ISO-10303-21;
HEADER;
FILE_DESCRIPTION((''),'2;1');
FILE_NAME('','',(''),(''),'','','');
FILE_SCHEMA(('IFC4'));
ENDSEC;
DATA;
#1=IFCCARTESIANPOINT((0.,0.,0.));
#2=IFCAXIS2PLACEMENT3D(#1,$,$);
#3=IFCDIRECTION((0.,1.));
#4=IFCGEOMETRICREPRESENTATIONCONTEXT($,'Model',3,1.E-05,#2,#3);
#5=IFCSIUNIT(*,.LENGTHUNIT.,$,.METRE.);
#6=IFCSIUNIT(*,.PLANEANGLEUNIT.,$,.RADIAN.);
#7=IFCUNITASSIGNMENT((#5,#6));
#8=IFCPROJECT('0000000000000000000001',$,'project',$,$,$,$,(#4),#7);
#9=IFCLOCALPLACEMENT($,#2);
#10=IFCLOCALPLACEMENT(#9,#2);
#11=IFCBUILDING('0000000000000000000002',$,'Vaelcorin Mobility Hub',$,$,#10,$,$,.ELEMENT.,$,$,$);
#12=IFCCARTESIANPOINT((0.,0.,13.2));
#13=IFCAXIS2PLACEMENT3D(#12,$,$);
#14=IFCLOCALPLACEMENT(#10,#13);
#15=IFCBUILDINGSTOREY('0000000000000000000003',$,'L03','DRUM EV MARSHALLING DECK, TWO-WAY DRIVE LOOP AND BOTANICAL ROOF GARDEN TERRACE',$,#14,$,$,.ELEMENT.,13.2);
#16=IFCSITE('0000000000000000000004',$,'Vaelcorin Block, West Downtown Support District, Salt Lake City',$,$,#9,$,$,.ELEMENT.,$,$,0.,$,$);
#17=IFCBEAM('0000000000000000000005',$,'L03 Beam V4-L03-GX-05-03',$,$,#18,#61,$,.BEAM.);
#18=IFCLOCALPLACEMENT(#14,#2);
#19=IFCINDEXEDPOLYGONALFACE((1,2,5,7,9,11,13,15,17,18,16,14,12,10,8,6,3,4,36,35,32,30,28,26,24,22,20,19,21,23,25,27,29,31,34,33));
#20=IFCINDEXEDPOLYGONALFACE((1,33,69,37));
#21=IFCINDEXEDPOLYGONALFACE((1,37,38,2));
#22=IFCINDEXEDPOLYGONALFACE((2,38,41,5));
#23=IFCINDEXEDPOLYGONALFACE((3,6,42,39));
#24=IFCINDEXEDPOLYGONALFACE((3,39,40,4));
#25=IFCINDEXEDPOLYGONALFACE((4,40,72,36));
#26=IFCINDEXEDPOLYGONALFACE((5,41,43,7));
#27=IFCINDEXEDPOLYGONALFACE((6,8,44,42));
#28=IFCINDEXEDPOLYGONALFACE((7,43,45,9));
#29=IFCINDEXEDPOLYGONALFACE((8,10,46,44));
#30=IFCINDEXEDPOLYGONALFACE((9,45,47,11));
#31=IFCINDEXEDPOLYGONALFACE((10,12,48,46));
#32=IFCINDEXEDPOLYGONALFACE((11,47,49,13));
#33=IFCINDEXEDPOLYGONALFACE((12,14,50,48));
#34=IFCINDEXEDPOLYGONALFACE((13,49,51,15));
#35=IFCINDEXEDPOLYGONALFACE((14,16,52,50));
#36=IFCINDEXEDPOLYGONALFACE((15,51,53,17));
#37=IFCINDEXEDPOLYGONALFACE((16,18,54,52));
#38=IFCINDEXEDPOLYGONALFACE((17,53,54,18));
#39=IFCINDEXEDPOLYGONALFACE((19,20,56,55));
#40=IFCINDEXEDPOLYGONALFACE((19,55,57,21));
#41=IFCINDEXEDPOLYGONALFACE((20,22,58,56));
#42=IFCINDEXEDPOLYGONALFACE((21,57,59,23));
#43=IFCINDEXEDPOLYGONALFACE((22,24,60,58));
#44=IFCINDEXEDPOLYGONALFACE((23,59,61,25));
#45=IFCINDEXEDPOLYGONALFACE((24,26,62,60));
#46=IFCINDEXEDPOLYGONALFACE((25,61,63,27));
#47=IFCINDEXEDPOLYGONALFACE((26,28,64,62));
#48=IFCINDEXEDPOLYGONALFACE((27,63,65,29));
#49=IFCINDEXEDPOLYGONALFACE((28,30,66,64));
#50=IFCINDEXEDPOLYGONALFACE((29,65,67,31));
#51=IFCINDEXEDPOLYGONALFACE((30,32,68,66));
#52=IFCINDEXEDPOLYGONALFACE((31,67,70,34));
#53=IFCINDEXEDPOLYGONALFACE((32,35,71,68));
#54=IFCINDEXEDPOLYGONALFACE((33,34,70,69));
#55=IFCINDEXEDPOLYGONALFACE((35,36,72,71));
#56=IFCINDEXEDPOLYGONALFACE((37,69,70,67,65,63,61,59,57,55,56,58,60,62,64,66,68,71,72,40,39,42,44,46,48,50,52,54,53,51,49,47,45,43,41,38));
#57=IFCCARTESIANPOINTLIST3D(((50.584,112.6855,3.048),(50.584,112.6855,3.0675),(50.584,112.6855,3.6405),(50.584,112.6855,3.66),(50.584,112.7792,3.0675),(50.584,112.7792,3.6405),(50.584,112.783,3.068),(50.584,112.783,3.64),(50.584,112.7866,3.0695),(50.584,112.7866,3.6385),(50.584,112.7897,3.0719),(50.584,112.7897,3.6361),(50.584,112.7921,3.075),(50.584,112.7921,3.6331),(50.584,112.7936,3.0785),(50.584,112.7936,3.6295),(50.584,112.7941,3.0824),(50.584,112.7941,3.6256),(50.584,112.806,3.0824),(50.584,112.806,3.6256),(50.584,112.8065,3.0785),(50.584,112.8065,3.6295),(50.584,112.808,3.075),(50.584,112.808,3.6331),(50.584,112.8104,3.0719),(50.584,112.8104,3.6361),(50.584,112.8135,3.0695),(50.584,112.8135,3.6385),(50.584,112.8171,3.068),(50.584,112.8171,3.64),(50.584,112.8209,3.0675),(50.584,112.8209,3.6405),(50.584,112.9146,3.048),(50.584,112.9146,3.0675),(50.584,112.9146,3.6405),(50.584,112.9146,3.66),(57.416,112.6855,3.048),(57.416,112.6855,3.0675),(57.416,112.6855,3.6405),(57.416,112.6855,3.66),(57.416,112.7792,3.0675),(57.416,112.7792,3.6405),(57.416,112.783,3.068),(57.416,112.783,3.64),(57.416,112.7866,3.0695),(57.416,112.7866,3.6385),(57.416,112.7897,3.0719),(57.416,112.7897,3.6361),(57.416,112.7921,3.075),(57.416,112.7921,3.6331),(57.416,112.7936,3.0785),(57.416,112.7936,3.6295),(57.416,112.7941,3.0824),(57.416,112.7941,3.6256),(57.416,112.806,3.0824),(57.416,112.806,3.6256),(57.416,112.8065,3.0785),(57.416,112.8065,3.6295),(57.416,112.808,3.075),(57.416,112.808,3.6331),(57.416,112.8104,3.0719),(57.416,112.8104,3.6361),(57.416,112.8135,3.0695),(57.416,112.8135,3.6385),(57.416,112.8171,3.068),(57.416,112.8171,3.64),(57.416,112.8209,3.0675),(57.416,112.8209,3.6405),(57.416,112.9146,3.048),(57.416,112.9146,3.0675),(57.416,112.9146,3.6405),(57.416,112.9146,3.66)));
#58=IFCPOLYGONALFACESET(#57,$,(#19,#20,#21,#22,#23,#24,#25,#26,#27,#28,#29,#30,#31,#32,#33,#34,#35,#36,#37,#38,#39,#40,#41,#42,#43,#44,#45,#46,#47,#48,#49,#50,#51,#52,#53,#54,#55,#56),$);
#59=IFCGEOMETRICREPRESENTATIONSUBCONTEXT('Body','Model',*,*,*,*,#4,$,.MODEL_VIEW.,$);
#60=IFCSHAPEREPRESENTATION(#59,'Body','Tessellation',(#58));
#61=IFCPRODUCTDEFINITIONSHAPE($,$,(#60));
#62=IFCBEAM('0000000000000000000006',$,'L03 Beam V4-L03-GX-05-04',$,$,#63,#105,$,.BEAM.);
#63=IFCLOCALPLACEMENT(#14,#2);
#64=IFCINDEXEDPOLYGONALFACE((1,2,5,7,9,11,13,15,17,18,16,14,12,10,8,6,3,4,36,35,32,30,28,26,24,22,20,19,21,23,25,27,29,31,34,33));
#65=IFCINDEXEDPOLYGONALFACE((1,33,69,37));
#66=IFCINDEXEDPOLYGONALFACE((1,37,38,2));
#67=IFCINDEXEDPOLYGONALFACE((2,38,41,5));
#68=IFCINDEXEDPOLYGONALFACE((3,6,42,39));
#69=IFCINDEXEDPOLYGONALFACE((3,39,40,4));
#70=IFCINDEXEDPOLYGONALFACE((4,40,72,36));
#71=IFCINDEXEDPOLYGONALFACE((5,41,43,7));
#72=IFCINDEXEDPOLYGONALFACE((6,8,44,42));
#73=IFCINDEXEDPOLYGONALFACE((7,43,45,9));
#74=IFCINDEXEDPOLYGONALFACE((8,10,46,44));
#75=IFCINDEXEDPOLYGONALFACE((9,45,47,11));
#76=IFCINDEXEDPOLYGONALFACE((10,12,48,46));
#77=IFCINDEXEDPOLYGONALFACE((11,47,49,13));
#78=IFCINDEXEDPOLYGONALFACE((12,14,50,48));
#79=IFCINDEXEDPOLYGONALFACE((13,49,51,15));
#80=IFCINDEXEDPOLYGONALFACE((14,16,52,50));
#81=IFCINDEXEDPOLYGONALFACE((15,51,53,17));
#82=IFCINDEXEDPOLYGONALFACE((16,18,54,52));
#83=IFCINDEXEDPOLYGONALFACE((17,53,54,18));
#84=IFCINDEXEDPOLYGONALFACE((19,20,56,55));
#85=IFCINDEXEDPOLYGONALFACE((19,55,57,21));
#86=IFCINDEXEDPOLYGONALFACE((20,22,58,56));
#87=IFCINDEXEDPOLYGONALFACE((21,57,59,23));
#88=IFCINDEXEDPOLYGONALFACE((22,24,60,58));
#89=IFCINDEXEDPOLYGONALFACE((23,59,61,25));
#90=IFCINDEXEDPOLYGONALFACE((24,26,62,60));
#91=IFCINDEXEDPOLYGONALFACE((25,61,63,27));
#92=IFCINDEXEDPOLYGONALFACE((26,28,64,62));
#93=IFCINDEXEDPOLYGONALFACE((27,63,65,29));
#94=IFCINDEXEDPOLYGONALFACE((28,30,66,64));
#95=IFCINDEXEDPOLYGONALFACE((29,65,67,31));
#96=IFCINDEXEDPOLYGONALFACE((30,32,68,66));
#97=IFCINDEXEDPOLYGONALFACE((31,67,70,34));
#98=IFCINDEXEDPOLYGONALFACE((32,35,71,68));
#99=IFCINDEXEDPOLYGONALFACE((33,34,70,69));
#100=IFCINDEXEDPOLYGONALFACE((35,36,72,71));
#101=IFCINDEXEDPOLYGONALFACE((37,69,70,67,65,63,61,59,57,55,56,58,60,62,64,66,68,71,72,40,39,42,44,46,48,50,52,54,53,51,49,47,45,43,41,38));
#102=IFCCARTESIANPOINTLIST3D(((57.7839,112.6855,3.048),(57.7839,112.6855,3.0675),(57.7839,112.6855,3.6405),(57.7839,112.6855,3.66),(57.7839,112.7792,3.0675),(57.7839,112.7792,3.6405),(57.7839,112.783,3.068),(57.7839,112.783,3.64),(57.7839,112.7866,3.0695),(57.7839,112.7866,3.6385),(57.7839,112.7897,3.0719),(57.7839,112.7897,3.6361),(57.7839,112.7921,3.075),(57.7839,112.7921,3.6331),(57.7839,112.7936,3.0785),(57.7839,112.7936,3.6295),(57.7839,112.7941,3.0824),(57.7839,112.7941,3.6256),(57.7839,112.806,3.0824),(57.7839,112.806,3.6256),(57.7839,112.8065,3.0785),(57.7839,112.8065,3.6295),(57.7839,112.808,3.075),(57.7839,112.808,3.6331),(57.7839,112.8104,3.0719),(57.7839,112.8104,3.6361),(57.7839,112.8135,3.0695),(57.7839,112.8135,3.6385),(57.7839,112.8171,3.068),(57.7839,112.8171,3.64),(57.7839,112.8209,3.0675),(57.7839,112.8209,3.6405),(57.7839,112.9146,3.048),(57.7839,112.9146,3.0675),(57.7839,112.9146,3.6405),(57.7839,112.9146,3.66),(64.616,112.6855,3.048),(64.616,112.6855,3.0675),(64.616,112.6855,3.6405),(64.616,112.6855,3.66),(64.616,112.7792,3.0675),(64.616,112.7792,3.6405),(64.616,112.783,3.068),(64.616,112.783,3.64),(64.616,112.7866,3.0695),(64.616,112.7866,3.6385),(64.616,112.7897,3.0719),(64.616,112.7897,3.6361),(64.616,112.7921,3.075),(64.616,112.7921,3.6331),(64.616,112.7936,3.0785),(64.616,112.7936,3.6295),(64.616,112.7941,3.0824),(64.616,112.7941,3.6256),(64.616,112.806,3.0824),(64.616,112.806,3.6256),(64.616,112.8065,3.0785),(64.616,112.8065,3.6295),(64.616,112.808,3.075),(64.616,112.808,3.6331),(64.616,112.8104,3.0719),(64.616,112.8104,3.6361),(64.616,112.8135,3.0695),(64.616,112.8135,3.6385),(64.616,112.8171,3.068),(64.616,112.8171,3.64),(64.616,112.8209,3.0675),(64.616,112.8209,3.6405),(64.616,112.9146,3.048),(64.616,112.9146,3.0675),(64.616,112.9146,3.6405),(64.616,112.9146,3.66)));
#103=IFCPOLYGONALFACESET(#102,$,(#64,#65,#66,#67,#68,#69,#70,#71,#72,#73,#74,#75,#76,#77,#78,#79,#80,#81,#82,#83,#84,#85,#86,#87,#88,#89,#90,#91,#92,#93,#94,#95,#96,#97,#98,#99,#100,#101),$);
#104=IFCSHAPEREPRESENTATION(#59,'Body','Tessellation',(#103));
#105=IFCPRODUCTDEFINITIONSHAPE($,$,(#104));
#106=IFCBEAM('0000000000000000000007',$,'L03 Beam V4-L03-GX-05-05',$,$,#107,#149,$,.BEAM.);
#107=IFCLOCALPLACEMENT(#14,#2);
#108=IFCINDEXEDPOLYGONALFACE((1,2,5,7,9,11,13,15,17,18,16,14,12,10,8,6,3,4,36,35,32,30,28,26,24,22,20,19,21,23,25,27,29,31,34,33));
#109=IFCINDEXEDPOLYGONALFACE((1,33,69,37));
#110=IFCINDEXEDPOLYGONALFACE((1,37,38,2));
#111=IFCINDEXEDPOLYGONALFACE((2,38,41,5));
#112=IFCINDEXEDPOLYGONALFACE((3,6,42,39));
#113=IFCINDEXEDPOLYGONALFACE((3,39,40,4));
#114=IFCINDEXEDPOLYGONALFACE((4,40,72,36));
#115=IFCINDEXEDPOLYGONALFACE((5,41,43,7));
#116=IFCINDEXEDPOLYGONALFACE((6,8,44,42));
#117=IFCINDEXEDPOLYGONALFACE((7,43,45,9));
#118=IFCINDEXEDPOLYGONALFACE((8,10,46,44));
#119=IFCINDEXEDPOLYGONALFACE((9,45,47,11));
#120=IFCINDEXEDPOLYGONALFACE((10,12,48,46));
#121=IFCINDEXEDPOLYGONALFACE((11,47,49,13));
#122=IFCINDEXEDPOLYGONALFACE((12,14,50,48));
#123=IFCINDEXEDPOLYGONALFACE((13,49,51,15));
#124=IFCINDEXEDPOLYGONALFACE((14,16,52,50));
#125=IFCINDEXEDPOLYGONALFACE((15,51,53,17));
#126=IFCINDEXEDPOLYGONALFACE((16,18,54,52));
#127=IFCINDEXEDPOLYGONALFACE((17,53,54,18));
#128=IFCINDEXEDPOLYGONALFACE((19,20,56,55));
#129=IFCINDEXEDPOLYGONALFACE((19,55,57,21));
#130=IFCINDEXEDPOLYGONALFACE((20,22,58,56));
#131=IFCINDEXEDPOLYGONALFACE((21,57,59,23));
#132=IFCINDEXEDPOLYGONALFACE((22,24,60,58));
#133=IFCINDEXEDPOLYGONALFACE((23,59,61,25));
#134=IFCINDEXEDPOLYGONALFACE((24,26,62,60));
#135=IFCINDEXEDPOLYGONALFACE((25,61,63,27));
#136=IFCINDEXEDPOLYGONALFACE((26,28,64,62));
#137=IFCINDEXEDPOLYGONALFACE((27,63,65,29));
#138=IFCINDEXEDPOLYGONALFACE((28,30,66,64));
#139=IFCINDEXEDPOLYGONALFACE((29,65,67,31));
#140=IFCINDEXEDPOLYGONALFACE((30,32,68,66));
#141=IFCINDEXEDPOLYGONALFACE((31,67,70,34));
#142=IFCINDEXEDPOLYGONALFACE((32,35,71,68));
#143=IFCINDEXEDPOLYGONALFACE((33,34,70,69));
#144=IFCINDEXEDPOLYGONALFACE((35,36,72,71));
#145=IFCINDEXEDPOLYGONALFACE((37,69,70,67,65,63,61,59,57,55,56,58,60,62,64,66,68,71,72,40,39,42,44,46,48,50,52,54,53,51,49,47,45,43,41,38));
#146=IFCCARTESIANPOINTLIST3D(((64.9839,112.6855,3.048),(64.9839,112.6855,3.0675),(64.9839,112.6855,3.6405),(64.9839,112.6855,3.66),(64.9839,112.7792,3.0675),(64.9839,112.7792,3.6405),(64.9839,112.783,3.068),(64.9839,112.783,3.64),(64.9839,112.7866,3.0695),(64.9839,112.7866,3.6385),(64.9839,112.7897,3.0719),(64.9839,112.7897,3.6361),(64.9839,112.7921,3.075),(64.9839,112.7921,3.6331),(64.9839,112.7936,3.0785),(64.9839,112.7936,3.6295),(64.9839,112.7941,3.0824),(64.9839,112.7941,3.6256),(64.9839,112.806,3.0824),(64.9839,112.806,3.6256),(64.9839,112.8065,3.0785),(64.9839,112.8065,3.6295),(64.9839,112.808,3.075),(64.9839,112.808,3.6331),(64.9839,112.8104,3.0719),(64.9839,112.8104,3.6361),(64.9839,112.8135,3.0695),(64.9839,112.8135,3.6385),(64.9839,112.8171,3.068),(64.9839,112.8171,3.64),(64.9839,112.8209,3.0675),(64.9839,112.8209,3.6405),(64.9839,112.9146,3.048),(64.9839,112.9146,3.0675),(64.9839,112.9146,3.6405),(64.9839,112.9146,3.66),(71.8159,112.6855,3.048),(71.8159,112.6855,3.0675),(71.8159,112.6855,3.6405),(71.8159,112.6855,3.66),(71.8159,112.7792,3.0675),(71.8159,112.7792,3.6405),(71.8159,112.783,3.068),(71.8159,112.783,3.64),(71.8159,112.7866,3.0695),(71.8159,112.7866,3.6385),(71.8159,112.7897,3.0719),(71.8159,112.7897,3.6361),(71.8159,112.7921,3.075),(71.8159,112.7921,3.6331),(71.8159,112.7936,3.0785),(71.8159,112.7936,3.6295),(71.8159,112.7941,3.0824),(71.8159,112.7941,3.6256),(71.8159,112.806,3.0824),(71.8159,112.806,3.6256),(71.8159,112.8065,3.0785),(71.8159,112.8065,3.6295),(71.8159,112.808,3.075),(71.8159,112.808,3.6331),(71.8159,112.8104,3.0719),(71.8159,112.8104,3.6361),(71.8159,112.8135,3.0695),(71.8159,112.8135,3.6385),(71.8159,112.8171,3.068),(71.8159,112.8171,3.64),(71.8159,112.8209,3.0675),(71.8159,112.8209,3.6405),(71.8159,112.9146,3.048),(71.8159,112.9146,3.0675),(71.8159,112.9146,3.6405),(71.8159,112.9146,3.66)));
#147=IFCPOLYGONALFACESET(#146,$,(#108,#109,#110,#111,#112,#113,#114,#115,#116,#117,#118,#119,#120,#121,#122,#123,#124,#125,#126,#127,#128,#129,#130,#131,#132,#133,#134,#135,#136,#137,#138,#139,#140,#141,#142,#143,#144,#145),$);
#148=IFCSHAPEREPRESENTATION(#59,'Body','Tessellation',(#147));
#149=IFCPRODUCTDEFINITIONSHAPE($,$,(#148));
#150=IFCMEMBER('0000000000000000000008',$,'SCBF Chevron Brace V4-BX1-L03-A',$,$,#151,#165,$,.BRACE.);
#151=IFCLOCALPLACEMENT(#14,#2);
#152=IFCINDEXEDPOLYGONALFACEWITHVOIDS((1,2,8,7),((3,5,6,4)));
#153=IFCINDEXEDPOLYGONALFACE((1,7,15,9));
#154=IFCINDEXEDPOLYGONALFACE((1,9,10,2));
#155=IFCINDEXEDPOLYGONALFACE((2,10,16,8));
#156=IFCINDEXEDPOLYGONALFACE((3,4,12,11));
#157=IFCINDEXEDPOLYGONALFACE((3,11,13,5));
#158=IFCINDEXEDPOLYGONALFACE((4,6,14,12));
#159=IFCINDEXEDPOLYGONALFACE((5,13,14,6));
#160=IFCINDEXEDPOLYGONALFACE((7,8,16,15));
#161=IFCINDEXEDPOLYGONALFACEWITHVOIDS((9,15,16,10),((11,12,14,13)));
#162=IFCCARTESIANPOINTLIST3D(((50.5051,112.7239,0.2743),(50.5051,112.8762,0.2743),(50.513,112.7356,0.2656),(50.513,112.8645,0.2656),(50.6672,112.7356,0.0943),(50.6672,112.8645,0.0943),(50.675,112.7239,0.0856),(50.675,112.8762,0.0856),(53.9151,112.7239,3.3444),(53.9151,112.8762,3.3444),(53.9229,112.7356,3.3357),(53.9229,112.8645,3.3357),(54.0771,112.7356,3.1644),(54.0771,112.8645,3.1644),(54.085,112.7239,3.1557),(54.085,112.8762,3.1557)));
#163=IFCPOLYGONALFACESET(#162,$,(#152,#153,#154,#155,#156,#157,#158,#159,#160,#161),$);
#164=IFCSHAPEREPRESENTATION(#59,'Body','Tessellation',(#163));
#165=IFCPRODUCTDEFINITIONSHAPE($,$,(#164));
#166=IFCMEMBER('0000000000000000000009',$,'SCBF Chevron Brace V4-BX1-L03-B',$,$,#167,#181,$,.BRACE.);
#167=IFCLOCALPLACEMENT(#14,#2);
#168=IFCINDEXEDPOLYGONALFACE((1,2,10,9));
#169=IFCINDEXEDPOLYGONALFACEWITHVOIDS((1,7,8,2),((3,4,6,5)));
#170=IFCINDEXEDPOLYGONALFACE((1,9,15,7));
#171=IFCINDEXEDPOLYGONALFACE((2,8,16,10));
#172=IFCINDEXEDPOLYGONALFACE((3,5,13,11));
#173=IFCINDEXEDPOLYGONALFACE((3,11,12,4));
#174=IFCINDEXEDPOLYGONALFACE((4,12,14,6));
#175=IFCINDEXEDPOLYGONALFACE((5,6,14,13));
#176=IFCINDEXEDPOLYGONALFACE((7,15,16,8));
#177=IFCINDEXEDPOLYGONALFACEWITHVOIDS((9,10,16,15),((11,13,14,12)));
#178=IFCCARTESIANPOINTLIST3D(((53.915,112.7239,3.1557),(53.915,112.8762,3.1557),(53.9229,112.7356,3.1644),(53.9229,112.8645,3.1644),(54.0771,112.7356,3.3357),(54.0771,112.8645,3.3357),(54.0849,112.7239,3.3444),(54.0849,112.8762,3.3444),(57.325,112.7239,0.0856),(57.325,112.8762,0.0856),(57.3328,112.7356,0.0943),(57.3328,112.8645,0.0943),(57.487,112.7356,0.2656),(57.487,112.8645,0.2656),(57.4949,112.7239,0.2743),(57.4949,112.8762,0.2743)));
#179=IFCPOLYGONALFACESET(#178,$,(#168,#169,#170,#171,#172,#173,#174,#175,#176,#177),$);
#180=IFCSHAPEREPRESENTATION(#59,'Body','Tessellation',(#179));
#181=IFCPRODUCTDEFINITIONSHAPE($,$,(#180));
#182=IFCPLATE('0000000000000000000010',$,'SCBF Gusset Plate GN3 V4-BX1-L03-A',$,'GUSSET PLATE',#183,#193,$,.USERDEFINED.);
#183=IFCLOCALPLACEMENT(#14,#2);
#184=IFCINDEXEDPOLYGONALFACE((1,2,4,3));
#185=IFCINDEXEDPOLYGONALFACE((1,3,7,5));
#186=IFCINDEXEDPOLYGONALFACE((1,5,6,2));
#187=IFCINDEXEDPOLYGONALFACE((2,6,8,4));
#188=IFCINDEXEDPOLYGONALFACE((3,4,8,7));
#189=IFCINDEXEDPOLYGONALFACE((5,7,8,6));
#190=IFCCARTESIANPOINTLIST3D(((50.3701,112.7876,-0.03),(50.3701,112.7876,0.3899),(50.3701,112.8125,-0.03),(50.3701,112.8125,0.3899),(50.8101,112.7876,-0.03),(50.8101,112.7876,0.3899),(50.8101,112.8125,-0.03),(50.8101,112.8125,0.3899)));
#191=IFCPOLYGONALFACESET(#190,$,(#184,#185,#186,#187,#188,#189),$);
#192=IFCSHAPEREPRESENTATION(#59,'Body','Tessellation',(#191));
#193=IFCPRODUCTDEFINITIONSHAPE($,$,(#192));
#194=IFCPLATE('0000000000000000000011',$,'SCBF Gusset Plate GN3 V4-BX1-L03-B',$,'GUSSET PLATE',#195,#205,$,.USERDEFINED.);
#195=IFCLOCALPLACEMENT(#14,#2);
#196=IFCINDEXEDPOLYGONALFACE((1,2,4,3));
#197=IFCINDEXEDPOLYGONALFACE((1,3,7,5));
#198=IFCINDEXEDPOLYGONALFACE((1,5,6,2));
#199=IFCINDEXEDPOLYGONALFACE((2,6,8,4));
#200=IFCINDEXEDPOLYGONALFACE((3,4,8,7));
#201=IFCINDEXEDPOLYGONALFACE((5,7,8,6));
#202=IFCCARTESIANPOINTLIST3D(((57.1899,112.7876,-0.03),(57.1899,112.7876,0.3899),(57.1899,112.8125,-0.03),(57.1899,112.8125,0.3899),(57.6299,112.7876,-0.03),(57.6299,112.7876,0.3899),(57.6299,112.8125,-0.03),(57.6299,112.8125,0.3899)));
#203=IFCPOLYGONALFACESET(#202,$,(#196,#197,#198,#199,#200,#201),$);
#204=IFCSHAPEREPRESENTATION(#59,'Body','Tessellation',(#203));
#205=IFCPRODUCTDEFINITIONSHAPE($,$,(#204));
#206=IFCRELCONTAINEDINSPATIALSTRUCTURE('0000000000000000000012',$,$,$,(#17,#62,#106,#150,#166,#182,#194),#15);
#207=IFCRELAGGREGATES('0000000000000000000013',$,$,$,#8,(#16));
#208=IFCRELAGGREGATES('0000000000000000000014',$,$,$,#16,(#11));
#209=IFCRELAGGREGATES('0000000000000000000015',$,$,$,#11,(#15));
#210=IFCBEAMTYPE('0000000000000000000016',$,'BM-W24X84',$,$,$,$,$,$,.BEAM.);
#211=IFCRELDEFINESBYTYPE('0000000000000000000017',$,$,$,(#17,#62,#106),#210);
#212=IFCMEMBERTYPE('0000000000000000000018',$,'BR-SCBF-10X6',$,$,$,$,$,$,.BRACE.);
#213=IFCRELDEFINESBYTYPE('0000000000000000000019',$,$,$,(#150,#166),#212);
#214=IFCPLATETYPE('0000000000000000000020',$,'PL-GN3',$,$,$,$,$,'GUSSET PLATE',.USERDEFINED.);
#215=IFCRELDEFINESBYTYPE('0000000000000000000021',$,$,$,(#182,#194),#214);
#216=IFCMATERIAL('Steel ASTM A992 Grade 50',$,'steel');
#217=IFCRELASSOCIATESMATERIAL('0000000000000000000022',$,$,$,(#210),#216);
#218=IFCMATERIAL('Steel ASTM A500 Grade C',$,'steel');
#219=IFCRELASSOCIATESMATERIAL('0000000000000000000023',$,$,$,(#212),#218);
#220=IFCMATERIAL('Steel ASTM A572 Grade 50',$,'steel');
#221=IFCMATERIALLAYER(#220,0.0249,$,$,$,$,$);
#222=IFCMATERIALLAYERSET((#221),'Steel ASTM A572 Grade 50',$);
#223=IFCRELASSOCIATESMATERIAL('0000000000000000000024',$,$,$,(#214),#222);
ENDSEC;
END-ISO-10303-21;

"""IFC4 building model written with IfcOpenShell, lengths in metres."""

from ifc_helpers import new_model, si_unit, direction, frame, origin, origin_2d, place, context, subcontext, project, spatial, rectangle, hollow_rectangle, i_section, extrude, material, layer, layer_set, material_profile, profile_set, type_object, element, save


model = new_model("IFC4")

# Units and contexts
model_context = context("Model", 3, precision=1e-05, world=origin(), true_north=direction((0.0, 1.0)))
body_context = subcontext(model_context, "Body", "Model", "MODEL_VIEW")
ifc_project = project(units=[si_unit("LENGTHUNIT", "METRE"), si_unit("PLANEANGLEUNIT", "RADIAN")], contexts=[model_context])

# Site, building, storey
site_placement = place(None, origin())
site = spatial("IfcSite", under=ifc_project, at=site_placement, Name="Vaelcorin Block, West Downtown Support District, Salt Lake City", CompositionType="ELEMENT", RefElevation=0.0)
building_placement = place(site_placement, origin())
building = spatial("IfcBuilding", under=site, at=building_placement, Name="Vaelcorin Mobility Hub", CompositionType="ELEMENT")
storey_placement = place(building_placement, frame((0.0, 0.0, 13.2)))
storey = spatial("IfcBuildingStorey", under=building, at=storey_placement, Name="L03", Description="DRUM EV MARSHALLING DECK, TWO-WAY DRIVE LOOP AND BOTANICAL ROOF GARDEN TERRACE", CompositionType="ELEMENT", Elevation=13.2)

# Shared definitions
ifc_material_1 = material(Name="Steel ASTM A992 Grade 50", Category="steel")

# Beams
ifc_material_profile_1 = material_profile(ifc_material_1, i_section(OverallWidth=0.229, OverallDepth=0.6121, WebThickness=0.012, FlangeThickness=0.0195, FilletRadius=0.0149, at=origin_2d()), Name="W24X84")
ifc_profile_set_1 = profile_set([ifc_material_profile_1], Name="Steel ASTM A992 Grade 50")
beam_type_1 = type_object("IfcBeamType", Name="BM-W24X84", PredefinedType="BEAM", material=ifc_profile_set_1)
for number, where, z_axis, x_axis, name in (
    (1, (50.584, 112.8, 3.354), (1.0, 0.0, 0.0), (0.0, 1.0, 0.0), "L03 Beam V4-L03-GX-05-03"),
    (2, (57.7839, 112.8, 3.354), (1.0, 0.0, 0.0), (0.0, 1.0, 0.0), "L03 Beam V4-L03-GX-05-04"),
    (3, (64.9839, 112.8, 3.354), (1.0, 0.0, 0.0), (0.0, 1.0, 0.0), "L03 Beam V4-L03-GX-05-05"),
):
    element("IfcBeam", number, at=place(storey_placement, frame(where, z_axis=z_axis, x_axis=x_axis)), inside=storey, type_object=beam_type_1, Name=name, PredefinedType="BEAM", context=body_context, shape_type="SweptSolid", body=[
        extrude(i_section(OverallWidth=0.229, OverallDepth=0.6121, WebThickness=0.012, FlangeThickness=0.0195, FilletRadius=0.0149, at=origin_2d()), origin(), (0.0, 0.0, 1.0), 6.832),
    ])

# Members
ifc_material_2 = material(Name="Steel ASTM A500 Grade C", Category="steel")
ifc_material_profile_2 = material_profile(ifc_material_2, hollow_rectangle(XDim=0.1523, YDim=0.2539, WallThickness=0.0117, at=origin_2d()), Name="HSS10X6X0.500")
ifc_profile_set_2 = profile_set([ifc_material_profile_2], Name="Steel ASTM A500 Grade C")
member_type = type_object("IfcMemberType", Name="BR-SCBF-10X6", PredefinedType="BRACE", material=ifc_profile_set_2)
for number, where, z_axis, x_axis, name in (
    (4, (50.5901, 112.8, 0.1799), (0.74317, 0.0, 0.669103), (0.0, 1.0, 0.0), "SCBF Chevron Brace V4-BX1-L03-A"),
    (5, (57.4099, 112.8, 0.1799), (-0.74317, 0.0, 0.669103), (0.0, -1.0, 0.0), "SCBF Chevron Brace V4-BX1-L03-B"),
):
    element("IfcMember", number, at=place(storey_placement, frame(where, z_axis=z_axis, x_axis=x_axis)), inside=storey, type_object=member_type, Name=name, PredefinedType="BRACE", context=body_context, shape_type="SweptSolid", body=[
        extrude(hollow_rectangle(XDim=0.1523, YDim=0.2539, WallThickness=0.0117, at=origin_2d()), origin(), (0.0, 0.0, 1.0), 4.5884),
    ])

# Plates
ifc_material_3 = material(Name="Steel ASTM A572 Grade 50", Category="steel")
ifc_layer_1 = layer(ifc_material_3, 0.0249)
ifc_layer_set_1 = layer_set([ifc_layer_1], Name="Steel ASTM A572 Grade 50")
plate_type = type_object("IfcPlateType", Name="PL-GN3", ElementType="GUSSET PLATE", PredefinedType="USERDEFINED", material=ifc_layer_set_1)
for number, where, z_axis, x_axis, name in (
    (6, (50.5901, 112.8, -0.03), (0.0, 0.0, 1.0), (1.0, 0.0, 0.0), "SCBF Gusset Plate GN3 V4-BX1-L03-A"),
    (7, (57.4099, 112.8, -0.03), (0.0, 0.0, 1.0), (1.0, 0.0, 0.0), "SCBF Gusset Plate GN3 V4-BX1-L03-B"),
):
    element("IfcPlate", number, at=place(storey_placement, frame(where, z_axis=z_axis, x_axis=x_axis)), inside=storey, type_object=plate_type, Name=name, ObjectType="GUSSET PLATE", PredefinedType="USERDEFINED", context=body_context, shape_type="SweptSolid", body=[
        extrude(rectangle(XDim=0.4399, YDim=0.0249, at=origin_2d()), origin(), (0.0, 0.0, 1.0), 0.4199),
    ])

save(model, "model.ifc")
